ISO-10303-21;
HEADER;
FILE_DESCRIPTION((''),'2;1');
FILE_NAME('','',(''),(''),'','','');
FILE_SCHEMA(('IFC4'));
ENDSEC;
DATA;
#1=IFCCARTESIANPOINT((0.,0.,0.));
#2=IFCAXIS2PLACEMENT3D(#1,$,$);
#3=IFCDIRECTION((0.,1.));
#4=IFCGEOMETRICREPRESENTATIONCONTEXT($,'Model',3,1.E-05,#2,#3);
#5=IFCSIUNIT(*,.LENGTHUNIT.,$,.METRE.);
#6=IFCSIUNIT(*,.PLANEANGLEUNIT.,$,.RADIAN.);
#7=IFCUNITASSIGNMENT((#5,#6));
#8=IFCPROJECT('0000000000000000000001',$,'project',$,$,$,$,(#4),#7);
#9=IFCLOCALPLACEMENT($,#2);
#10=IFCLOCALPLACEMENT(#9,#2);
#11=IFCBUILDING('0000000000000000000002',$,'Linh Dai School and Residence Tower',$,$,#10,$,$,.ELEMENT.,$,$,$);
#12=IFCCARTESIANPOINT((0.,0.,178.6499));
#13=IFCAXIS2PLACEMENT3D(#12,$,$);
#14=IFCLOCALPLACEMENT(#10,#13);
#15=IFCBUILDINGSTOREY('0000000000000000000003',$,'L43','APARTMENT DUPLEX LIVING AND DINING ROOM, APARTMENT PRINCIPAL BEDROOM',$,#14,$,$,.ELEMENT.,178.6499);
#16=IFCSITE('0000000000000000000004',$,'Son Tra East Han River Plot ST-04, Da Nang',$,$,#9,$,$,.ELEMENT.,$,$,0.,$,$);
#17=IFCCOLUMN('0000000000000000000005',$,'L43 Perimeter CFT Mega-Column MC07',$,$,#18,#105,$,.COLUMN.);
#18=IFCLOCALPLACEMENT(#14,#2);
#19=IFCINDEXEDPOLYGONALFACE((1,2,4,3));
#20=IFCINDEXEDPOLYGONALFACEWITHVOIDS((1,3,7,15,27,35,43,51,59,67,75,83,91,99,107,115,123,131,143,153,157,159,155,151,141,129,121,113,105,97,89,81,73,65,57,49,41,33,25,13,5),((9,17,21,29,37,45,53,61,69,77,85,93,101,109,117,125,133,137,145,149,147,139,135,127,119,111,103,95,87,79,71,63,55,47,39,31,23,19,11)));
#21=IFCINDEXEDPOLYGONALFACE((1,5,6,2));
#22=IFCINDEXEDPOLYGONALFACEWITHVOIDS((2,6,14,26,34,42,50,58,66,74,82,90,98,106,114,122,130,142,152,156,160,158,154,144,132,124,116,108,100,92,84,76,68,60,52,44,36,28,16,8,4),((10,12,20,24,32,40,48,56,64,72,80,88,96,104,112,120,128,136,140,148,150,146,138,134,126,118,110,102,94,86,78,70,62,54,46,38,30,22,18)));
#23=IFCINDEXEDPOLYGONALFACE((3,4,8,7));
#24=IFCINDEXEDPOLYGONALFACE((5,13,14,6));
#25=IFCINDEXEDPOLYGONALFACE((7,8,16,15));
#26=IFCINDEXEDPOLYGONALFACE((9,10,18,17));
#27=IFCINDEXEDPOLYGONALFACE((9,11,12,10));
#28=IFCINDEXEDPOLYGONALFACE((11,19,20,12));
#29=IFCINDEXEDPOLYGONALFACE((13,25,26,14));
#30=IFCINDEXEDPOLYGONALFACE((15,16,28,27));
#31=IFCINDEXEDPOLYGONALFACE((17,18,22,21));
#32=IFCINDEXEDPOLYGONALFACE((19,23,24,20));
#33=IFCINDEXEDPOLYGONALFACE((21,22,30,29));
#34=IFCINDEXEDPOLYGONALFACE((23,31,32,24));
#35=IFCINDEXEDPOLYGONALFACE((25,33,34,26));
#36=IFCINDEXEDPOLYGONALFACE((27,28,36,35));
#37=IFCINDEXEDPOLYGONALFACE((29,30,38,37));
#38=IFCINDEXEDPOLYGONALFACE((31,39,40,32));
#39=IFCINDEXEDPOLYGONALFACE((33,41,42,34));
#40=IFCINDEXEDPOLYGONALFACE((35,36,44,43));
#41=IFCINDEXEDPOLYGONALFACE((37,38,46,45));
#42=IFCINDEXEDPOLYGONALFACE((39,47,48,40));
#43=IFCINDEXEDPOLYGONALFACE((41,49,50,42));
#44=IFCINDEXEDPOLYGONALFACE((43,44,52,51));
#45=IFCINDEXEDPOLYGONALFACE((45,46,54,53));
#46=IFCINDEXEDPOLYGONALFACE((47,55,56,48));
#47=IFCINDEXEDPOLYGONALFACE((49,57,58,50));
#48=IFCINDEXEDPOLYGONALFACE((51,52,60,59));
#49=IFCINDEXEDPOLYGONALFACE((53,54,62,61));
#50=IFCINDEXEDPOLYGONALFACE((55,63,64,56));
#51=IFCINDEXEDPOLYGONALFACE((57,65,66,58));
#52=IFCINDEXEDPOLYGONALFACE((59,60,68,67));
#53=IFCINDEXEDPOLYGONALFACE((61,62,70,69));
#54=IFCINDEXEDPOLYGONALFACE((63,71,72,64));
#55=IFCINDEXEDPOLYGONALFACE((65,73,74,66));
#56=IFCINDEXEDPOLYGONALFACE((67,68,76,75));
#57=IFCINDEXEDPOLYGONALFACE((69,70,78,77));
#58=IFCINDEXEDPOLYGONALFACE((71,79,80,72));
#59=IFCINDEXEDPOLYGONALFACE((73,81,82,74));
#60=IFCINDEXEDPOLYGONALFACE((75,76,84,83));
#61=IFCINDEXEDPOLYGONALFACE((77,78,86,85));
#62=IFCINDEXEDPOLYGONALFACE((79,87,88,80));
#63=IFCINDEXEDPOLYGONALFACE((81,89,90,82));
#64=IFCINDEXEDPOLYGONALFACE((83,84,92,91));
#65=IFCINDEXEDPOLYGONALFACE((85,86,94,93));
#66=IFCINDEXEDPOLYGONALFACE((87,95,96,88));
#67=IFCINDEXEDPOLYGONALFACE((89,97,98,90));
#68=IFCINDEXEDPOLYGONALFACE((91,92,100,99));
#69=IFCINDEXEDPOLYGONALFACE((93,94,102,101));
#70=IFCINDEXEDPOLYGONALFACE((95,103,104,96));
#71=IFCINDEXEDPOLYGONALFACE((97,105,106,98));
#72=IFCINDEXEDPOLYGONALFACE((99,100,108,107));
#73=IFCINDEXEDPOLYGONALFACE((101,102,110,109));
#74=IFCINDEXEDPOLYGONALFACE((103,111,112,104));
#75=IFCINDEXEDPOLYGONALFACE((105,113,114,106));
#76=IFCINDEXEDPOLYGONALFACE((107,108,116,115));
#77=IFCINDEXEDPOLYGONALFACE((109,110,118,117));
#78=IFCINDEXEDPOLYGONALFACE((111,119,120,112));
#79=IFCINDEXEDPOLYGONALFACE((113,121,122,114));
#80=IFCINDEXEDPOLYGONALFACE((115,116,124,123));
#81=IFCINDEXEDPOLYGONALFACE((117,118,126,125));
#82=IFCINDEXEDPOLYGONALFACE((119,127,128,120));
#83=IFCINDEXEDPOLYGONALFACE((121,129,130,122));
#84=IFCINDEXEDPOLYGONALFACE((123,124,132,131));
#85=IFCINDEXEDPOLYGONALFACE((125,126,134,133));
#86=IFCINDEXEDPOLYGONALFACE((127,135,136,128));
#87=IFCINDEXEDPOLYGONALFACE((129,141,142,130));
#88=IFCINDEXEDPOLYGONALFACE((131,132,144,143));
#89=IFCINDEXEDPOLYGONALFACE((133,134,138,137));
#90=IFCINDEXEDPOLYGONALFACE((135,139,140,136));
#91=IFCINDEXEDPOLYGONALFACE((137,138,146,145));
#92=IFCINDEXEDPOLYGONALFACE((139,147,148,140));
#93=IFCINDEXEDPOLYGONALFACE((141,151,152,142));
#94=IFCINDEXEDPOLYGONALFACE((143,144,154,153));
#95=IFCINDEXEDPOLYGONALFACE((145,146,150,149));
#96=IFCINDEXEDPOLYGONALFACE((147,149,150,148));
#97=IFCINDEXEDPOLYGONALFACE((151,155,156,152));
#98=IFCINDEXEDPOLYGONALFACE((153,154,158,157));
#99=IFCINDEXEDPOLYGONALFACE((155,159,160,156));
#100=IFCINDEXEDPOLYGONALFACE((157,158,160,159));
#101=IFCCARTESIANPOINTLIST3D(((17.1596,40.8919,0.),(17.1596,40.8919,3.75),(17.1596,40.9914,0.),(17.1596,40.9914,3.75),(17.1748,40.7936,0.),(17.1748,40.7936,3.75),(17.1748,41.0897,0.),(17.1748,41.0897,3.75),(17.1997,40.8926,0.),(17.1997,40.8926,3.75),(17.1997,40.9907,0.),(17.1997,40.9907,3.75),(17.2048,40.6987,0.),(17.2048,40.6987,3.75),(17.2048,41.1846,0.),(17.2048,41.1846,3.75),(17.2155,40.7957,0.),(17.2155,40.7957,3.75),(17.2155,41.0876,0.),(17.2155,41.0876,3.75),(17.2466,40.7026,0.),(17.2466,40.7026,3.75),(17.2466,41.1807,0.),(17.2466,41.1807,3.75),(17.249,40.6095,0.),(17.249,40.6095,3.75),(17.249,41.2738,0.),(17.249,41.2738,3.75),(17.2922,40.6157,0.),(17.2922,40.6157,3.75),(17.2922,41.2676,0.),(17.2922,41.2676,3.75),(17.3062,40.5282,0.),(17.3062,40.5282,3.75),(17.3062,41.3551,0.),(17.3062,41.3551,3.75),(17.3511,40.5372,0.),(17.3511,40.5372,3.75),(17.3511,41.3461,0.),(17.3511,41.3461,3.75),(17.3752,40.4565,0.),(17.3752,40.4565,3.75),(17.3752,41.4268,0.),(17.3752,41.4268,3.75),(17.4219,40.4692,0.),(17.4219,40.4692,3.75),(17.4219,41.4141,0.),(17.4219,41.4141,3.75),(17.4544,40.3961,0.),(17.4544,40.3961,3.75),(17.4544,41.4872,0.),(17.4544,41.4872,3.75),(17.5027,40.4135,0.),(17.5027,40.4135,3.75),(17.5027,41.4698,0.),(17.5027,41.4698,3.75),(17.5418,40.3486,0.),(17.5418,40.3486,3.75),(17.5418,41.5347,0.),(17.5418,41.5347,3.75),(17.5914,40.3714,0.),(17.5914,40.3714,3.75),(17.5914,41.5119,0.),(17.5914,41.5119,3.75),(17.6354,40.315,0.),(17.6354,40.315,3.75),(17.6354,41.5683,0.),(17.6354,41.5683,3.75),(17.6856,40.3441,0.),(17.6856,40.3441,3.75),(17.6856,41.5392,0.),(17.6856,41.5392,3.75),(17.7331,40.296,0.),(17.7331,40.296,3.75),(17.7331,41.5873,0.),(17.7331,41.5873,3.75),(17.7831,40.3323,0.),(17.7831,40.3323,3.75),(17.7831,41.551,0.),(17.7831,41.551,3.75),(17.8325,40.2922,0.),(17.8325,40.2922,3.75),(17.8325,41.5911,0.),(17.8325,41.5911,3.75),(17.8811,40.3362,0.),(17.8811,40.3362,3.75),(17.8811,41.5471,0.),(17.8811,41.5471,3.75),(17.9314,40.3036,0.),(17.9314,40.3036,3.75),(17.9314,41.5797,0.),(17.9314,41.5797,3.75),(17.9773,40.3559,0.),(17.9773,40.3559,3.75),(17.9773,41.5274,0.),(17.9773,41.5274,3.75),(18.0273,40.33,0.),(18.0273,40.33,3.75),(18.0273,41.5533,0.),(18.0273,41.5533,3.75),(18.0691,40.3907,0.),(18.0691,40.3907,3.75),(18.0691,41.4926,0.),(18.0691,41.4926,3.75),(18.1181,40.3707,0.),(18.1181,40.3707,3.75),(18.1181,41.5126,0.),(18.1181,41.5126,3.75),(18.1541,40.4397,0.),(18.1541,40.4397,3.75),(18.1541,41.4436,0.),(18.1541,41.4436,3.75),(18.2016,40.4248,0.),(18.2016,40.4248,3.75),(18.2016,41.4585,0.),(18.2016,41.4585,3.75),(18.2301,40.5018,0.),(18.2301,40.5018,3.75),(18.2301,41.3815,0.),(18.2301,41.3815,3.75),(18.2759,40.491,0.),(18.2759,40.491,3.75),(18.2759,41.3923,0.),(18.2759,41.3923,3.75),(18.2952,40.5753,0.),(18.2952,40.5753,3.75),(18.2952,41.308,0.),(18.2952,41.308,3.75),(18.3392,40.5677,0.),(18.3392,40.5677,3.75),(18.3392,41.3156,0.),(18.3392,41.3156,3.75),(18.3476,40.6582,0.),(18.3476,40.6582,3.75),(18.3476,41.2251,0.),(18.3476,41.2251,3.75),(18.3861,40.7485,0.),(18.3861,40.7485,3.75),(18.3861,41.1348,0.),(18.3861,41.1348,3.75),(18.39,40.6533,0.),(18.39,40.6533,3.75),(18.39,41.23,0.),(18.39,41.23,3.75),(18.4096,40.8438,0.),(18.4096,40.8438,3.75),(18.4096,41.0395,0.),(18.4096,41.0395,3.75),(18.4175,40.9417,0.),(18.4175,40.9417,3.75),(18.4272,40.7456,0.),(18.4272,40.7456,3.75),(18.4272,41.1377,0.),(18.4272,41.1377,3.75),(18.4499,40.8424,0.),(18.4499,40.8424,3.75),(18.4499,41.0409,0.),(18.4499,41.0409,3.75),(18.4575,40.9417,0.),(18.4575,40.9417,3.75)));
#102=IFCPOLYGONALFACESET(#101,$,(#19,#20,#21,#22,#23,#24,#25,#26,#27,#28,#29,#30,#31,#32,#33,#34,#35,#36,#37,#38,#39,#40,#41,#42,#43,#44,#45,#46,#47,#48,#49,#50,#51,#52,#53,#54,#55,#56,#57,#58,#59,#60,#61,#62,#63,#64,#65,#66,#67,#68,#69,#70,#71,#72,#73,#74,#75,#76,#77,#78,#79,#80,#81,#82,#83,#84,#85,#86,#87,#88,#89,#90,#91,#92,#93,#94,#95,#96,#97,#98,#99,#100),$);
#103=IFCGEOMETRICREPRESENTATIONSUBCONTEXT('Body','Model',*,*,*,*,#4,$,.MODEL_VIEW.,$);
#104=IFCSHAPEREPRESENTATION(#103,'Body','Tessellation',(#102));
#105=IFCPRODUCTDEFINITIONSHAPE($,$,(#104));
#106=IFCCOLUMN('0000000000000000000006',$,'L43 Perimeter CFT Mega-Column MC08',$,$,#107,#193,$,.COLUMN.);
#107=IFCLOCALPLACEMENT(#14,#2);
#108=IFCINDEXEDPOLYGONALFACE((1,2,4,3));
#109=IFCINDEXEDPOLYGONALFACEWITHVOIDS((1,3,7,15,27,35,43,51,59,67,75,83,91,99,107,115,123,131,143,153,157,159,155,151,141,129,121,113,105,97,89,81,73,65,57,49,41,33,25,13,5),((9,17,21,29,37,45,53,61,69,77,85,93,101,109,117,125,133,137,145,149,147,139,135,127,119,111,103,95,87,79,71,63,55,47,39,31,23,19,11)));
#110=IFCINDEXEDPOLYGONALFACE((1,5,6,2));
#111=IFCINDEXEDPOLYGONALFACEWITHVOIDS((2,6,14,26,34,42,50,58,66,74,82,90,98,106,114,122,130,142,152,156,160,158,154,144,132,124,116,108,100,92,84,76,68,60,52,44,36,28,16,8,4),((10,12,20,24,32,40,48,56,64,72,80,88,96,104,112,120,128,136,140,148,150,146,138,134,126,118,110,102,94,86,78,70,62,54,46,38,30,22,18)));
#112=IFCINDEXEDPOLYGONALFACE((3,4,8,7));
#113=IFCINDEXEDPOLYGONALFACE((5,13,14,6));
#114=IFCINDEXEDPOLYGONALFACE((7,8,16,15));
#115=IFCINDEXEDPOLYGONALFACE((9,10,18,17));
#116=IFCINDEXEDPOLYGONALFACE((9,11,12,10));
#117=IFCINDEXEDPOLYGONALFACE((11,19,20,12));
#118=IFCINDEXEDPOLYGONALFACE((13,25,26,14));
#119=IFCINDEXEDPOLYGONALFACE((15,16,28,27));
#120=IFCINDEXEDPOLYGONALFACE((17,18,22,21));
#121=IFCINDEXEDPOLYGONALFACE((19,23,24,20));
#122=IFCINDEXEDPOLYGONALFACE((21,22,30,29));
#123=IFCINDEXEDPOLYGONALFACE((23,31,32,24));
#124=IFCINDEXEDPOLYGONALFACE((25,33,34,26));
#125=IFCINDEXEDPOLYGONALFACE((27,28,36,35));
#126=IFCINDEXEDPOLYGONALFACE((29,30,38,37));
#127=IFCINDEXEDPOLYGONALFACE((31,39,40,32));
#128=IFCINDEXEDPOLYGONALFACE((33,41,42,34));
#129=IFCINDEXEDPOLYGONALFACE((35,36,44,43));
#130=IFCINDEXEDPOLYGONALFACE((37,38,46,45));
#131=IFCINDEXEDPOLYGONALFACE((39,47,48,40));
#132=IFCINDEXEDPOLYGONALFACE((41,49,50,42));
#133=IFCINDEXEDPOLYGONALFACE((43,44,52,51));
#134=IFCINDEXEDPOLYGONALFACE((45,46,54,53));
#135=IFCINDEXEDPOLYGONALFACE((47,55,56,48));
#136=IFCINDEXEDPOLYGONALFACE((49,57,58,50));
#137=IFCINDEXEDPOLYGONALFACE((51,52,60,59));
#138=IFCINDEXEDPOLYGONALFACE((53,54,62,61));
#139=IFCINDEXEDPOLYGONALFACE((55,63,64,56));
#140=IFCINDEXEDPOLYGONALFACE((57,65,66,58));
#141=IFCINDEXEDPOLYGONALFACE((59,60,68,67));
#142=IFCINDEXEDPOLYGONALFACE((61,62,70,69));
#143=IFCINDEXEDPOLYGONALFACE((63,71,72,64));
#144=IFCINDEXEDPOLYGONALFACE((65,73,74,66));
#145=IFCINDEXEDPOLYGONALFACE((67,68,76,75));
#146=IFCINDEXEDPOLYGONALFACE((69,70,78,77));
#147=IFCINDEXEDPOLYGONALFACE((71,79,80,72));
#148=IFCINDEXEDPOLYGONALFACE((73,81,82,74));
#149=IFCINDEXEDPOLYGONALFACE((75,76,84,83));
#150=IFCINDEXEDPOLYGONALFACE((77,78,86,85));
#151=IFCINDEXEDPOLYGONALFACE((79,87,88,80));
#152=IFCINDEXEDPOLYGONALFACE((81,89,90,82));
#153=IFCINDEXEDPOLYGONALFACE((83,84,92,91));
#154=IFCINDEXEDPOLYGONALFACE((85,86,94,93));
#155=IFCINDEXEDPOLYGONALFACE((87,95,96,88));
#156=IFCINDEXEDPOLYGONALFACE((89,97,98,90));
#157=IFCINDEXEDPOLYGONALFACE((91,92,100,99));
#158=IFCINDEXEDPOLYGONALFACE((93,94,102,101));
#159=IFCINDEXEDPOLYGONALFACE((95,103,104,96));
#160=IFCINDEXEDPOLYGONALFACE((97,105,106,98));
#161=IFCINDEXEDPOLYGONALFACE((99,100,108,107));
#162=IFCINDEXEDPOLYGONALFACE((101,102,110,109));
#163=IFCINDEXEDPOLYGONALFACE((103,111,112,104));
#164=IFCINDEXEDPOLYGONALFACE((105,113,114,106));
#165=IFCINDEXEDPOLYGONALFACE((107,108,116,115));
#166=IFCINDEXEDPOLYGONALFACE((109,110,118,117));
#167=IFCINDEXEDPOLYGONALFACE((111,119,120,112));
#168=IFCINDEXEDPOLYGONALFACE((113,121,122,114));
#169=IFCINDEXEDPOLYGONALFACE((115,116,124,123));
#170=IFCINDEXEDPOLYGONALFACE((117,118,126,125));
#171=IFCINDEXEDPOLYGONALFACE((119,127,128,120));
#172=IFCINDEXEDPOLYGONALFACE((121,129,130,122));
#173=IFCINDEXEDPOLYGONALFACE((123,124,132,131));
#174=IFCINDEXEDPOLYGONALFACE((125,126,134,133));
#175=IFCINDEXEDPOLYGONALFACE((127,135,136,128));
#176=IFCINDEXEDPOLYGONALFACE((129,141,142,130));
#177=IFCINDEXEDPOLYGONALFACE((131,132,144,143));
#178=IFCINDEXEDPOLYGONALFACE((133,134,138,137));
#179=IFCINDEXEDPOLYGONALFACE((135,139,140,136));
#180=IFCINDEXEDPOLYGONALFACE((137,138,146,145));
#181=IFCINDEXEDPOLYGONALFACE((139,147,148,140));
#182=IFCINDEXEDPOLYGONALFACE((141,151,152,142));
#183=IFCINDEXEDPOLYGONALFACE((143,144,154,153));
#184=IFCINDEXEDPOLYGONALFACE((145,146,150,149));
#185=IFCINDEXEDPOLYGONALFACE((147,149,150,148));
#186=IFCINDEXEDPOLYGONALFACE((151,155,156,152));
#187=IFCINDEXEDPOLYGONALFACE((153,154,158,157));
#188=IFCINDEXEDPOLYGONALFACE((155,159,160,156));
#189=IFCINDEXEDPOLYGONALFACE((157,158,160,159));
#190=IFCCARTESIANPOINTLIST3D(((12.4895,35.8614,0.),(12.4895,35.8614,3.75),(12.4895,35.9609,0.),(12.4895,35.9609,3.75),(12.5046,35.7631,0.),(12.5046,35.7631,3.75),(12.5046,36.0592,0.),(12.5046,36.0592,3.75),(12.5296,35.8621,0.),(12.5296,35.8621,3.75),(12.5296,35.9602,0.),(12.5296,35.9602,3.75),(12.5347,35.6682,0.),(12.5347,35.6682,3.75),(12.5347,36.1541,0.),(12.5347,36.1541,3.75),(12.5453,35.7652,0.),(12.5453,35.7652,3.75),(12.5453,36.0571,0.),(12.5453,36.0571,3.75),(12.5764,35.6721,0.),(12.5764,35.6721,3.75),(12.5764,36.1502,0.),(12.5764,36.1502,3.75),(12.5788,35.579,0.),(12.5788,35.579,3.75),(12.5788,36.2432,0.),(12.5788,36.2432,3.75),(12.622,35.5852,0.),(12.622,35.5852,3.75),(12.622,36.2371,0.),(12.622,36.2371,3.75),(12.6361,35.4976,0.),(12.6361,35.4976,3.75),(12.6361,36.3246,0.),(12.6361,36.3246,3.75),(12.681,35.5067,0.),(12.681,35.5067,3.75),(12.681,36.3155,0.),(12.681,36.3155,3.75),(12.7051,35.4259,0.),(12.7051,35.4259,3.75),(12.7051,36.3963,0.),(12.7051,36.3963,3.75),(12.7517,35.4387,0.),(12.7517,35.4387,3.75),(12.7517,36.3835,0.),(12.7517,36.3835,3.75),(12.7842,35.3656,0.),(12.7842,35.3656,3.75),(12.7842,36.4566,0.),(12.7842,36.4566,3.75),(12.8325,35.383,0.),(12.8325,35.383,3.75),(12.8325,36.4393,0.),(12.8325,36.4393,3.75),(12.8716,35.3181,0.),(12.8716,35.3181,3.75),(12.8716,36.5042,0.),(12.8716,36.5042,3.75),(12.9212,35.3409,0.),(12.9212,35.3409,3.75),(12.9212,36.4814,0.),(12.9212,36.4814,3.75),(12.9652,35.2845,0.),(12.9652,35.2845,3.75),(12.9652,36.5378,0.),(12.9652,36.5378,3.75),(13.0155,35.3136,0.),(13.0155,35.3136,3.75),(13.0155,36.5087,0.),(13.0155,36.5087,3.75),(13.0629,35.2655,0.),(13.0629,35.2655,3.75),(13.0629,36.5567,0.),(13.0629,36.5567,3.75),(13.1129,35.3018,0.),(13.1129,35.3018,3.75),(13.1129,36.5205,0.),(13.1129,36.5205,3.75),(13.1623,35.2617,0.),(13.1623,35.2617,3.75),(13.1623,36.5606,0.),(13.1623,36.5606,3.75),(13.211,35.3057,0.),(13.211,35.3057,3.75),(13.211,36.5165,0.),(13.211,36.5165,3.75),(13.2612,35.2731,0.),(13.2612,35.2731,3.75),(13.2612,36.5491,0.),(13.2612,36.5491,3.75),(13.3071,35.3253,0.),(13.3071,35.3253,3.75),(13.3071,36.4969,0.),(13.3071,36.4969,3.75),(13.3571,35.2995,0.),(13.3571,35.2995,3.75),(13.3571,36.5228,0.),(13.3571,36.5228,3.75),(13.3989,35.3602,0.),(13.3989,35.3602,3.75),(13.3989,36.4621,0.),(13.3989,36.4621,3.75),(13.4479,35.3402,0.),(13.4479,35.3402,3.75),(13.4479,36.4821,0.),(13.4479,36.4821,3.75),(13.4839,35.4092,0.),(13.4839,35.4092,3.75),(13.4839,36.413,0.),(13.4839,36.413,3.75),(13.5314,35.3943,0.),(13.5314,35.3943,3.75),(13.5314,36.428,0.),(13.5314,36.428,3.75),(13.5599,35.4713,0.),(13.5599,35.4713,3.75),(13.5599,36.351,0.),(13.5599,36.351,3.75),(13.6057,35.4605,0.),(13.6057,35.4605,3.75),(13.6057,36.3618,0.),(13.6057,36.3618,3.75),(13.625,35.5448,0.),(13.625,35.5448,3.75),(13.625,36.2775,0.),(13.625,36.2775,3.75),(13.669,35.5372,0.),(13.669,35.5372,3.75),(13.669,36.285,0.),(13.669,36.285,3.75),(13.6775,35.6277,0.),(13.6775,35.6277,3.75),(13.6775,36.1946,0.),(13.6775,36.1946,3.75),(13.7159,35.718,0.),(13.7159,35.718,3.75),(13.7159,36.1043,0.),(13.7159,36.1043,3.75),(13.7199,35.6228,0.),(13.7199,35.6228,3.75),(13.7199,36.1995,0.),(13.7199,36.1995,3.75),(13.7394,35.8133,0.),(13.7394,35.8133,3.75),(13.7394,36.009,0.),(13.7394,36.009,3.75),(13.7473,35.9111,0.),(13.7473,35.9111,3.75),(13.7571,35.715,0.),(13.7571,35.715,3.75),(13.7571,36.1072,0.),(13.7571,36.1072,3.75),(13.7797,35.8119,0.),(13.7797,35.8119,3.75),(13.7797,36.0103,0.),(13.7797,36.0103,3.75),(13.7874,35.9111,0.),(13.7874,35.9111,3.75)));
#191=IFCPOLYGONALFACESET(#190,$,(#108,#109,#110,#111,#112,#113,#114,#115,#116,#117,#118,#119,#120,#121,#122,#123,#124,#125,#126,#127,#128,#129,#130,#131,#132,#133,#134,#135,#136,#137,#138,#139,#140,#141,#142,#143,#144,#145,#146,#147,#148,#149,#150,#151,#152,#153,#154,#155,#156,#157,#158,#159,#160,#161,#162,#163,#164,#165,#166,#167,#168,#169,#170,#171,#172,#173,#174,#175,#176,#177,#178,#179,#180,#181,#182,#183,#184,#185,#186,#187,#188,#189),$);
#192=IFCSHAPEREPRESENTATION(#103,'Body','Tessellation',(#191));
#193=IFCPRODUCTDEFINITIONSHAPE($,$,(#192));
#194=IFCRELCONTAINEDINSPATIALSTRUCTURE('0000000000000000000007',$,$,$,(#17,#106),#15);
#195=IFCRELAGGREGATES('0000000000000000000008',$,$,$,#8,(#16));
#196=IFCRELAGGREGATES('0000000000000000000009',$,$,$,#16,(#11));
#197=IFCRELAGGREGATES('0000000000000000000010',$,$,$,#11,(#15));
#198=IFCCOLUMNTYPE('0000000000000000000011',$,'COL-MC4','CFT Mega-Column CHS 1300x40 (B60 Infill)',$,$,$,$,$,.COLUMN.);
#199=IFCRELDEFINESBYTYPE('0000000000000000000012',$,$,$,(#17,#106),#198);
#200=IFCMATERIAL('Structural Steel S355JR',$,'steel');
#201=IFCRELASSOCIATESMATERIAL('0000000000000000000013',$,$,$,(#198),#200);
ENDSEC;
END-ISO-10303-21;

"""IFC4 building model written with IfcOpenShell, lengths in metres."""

from ifc_helpers import new_model, si_unit, direction, frame, origin, origin_2d, place, context, subcontext, project, spatial, hollow_circle, extrude, material, material_profile, profile_set, type_object, element, save


model = new_model("IFC4")

# Units and contexts
model_context = context("Model", 3, precision=1e-05, world=origin(), true_north=direction((0.0, 1.0)))
body_context = subcontext(model_context, "Body", "Model", "MODEL_VIEW")
ifc_project = project(units=[si_unit("LENGTHUNIT", "METRE"), si_unit("PLANEANGLEUNIT", "RADIAN")], contexts=[model_context])

# Site, building, storey
site_placement = place(None, origin())
site = spatial("IfcSite", under=ifc_project, at=site_placement, Name="Son Tra East Han River Plot ST-04, Da Nang", CompositionType="ELEMENT", RefElevation=0.0)
building_placement = place(site_placement, origin())
building = spatial("IfcBuilding", under=site, at=building_placement, Name="Linh Dai School and Residence Tower", CompositionType="ELEMENT")
storey_placement = place(building_placement, frame((0.0, 0.0, 178.6499)))
storey = spatial("IfcBuildingStorey", under=building, at=storey_placement, Name="L43", Description="APARTMENT DUPLEX LIVING AND DINING ROOM, APARTMENT PRINCIPAL BEDROOM", CompositionType="ELEMENT", Elevation=178.6499)

# Columns
ifc_material_1 = material(Name="Structural Steel S355JR", Category="steel")
ifc_material_profile_1 = material_profile(ifc_material_1, hollow_circle(Radius=0.6499, WallThickness=0.04, at=origin_2d()), Name="CHS 1300x40")
ifc_profile_set_1 = profile_set([ifc_material_profile_1], Name="Structural Steel S355JR")
column_type = type_object("IfcColumnType", Name="COL-MC4", Description="CFT Mega-Column CHS 1300x40 (B60 Infill)", PredefinedType="COLUMN", material=ifc_profile_set_1)
for number, where, z_axis, x_axis, name in (
    (1, (17.8076, 40.9417, 0.0), (0.0, 0.0, 1.0), (1.0, 0.0, 0.0), "L43 Perimeter CFT Mega-Column MC07"),
    (2, (13.1375, 35.9111, 0.0), (0.0, 0.0, 1.0), (1.0, 0.0, 0.0), "L43 Perimeter CFT Mega-Column MC08"),
):
    element("IfcColumn", number, at=place(storey_placement, frame(where, z_axis=z_axis, x_axis=x_axis)), inside=storey, type_object=column_type, Name=name, PredefinedType="COLUMN", context=body_context, shape_type="SweptSolid", body=[
        extrude(hollow_circle(Radius=0.6499, WallThickness=0.04, at=origin_2d()), origin(), (0.0, 0.0, 1.0), 3.75),
    ])

save(model, "model.ifc")
